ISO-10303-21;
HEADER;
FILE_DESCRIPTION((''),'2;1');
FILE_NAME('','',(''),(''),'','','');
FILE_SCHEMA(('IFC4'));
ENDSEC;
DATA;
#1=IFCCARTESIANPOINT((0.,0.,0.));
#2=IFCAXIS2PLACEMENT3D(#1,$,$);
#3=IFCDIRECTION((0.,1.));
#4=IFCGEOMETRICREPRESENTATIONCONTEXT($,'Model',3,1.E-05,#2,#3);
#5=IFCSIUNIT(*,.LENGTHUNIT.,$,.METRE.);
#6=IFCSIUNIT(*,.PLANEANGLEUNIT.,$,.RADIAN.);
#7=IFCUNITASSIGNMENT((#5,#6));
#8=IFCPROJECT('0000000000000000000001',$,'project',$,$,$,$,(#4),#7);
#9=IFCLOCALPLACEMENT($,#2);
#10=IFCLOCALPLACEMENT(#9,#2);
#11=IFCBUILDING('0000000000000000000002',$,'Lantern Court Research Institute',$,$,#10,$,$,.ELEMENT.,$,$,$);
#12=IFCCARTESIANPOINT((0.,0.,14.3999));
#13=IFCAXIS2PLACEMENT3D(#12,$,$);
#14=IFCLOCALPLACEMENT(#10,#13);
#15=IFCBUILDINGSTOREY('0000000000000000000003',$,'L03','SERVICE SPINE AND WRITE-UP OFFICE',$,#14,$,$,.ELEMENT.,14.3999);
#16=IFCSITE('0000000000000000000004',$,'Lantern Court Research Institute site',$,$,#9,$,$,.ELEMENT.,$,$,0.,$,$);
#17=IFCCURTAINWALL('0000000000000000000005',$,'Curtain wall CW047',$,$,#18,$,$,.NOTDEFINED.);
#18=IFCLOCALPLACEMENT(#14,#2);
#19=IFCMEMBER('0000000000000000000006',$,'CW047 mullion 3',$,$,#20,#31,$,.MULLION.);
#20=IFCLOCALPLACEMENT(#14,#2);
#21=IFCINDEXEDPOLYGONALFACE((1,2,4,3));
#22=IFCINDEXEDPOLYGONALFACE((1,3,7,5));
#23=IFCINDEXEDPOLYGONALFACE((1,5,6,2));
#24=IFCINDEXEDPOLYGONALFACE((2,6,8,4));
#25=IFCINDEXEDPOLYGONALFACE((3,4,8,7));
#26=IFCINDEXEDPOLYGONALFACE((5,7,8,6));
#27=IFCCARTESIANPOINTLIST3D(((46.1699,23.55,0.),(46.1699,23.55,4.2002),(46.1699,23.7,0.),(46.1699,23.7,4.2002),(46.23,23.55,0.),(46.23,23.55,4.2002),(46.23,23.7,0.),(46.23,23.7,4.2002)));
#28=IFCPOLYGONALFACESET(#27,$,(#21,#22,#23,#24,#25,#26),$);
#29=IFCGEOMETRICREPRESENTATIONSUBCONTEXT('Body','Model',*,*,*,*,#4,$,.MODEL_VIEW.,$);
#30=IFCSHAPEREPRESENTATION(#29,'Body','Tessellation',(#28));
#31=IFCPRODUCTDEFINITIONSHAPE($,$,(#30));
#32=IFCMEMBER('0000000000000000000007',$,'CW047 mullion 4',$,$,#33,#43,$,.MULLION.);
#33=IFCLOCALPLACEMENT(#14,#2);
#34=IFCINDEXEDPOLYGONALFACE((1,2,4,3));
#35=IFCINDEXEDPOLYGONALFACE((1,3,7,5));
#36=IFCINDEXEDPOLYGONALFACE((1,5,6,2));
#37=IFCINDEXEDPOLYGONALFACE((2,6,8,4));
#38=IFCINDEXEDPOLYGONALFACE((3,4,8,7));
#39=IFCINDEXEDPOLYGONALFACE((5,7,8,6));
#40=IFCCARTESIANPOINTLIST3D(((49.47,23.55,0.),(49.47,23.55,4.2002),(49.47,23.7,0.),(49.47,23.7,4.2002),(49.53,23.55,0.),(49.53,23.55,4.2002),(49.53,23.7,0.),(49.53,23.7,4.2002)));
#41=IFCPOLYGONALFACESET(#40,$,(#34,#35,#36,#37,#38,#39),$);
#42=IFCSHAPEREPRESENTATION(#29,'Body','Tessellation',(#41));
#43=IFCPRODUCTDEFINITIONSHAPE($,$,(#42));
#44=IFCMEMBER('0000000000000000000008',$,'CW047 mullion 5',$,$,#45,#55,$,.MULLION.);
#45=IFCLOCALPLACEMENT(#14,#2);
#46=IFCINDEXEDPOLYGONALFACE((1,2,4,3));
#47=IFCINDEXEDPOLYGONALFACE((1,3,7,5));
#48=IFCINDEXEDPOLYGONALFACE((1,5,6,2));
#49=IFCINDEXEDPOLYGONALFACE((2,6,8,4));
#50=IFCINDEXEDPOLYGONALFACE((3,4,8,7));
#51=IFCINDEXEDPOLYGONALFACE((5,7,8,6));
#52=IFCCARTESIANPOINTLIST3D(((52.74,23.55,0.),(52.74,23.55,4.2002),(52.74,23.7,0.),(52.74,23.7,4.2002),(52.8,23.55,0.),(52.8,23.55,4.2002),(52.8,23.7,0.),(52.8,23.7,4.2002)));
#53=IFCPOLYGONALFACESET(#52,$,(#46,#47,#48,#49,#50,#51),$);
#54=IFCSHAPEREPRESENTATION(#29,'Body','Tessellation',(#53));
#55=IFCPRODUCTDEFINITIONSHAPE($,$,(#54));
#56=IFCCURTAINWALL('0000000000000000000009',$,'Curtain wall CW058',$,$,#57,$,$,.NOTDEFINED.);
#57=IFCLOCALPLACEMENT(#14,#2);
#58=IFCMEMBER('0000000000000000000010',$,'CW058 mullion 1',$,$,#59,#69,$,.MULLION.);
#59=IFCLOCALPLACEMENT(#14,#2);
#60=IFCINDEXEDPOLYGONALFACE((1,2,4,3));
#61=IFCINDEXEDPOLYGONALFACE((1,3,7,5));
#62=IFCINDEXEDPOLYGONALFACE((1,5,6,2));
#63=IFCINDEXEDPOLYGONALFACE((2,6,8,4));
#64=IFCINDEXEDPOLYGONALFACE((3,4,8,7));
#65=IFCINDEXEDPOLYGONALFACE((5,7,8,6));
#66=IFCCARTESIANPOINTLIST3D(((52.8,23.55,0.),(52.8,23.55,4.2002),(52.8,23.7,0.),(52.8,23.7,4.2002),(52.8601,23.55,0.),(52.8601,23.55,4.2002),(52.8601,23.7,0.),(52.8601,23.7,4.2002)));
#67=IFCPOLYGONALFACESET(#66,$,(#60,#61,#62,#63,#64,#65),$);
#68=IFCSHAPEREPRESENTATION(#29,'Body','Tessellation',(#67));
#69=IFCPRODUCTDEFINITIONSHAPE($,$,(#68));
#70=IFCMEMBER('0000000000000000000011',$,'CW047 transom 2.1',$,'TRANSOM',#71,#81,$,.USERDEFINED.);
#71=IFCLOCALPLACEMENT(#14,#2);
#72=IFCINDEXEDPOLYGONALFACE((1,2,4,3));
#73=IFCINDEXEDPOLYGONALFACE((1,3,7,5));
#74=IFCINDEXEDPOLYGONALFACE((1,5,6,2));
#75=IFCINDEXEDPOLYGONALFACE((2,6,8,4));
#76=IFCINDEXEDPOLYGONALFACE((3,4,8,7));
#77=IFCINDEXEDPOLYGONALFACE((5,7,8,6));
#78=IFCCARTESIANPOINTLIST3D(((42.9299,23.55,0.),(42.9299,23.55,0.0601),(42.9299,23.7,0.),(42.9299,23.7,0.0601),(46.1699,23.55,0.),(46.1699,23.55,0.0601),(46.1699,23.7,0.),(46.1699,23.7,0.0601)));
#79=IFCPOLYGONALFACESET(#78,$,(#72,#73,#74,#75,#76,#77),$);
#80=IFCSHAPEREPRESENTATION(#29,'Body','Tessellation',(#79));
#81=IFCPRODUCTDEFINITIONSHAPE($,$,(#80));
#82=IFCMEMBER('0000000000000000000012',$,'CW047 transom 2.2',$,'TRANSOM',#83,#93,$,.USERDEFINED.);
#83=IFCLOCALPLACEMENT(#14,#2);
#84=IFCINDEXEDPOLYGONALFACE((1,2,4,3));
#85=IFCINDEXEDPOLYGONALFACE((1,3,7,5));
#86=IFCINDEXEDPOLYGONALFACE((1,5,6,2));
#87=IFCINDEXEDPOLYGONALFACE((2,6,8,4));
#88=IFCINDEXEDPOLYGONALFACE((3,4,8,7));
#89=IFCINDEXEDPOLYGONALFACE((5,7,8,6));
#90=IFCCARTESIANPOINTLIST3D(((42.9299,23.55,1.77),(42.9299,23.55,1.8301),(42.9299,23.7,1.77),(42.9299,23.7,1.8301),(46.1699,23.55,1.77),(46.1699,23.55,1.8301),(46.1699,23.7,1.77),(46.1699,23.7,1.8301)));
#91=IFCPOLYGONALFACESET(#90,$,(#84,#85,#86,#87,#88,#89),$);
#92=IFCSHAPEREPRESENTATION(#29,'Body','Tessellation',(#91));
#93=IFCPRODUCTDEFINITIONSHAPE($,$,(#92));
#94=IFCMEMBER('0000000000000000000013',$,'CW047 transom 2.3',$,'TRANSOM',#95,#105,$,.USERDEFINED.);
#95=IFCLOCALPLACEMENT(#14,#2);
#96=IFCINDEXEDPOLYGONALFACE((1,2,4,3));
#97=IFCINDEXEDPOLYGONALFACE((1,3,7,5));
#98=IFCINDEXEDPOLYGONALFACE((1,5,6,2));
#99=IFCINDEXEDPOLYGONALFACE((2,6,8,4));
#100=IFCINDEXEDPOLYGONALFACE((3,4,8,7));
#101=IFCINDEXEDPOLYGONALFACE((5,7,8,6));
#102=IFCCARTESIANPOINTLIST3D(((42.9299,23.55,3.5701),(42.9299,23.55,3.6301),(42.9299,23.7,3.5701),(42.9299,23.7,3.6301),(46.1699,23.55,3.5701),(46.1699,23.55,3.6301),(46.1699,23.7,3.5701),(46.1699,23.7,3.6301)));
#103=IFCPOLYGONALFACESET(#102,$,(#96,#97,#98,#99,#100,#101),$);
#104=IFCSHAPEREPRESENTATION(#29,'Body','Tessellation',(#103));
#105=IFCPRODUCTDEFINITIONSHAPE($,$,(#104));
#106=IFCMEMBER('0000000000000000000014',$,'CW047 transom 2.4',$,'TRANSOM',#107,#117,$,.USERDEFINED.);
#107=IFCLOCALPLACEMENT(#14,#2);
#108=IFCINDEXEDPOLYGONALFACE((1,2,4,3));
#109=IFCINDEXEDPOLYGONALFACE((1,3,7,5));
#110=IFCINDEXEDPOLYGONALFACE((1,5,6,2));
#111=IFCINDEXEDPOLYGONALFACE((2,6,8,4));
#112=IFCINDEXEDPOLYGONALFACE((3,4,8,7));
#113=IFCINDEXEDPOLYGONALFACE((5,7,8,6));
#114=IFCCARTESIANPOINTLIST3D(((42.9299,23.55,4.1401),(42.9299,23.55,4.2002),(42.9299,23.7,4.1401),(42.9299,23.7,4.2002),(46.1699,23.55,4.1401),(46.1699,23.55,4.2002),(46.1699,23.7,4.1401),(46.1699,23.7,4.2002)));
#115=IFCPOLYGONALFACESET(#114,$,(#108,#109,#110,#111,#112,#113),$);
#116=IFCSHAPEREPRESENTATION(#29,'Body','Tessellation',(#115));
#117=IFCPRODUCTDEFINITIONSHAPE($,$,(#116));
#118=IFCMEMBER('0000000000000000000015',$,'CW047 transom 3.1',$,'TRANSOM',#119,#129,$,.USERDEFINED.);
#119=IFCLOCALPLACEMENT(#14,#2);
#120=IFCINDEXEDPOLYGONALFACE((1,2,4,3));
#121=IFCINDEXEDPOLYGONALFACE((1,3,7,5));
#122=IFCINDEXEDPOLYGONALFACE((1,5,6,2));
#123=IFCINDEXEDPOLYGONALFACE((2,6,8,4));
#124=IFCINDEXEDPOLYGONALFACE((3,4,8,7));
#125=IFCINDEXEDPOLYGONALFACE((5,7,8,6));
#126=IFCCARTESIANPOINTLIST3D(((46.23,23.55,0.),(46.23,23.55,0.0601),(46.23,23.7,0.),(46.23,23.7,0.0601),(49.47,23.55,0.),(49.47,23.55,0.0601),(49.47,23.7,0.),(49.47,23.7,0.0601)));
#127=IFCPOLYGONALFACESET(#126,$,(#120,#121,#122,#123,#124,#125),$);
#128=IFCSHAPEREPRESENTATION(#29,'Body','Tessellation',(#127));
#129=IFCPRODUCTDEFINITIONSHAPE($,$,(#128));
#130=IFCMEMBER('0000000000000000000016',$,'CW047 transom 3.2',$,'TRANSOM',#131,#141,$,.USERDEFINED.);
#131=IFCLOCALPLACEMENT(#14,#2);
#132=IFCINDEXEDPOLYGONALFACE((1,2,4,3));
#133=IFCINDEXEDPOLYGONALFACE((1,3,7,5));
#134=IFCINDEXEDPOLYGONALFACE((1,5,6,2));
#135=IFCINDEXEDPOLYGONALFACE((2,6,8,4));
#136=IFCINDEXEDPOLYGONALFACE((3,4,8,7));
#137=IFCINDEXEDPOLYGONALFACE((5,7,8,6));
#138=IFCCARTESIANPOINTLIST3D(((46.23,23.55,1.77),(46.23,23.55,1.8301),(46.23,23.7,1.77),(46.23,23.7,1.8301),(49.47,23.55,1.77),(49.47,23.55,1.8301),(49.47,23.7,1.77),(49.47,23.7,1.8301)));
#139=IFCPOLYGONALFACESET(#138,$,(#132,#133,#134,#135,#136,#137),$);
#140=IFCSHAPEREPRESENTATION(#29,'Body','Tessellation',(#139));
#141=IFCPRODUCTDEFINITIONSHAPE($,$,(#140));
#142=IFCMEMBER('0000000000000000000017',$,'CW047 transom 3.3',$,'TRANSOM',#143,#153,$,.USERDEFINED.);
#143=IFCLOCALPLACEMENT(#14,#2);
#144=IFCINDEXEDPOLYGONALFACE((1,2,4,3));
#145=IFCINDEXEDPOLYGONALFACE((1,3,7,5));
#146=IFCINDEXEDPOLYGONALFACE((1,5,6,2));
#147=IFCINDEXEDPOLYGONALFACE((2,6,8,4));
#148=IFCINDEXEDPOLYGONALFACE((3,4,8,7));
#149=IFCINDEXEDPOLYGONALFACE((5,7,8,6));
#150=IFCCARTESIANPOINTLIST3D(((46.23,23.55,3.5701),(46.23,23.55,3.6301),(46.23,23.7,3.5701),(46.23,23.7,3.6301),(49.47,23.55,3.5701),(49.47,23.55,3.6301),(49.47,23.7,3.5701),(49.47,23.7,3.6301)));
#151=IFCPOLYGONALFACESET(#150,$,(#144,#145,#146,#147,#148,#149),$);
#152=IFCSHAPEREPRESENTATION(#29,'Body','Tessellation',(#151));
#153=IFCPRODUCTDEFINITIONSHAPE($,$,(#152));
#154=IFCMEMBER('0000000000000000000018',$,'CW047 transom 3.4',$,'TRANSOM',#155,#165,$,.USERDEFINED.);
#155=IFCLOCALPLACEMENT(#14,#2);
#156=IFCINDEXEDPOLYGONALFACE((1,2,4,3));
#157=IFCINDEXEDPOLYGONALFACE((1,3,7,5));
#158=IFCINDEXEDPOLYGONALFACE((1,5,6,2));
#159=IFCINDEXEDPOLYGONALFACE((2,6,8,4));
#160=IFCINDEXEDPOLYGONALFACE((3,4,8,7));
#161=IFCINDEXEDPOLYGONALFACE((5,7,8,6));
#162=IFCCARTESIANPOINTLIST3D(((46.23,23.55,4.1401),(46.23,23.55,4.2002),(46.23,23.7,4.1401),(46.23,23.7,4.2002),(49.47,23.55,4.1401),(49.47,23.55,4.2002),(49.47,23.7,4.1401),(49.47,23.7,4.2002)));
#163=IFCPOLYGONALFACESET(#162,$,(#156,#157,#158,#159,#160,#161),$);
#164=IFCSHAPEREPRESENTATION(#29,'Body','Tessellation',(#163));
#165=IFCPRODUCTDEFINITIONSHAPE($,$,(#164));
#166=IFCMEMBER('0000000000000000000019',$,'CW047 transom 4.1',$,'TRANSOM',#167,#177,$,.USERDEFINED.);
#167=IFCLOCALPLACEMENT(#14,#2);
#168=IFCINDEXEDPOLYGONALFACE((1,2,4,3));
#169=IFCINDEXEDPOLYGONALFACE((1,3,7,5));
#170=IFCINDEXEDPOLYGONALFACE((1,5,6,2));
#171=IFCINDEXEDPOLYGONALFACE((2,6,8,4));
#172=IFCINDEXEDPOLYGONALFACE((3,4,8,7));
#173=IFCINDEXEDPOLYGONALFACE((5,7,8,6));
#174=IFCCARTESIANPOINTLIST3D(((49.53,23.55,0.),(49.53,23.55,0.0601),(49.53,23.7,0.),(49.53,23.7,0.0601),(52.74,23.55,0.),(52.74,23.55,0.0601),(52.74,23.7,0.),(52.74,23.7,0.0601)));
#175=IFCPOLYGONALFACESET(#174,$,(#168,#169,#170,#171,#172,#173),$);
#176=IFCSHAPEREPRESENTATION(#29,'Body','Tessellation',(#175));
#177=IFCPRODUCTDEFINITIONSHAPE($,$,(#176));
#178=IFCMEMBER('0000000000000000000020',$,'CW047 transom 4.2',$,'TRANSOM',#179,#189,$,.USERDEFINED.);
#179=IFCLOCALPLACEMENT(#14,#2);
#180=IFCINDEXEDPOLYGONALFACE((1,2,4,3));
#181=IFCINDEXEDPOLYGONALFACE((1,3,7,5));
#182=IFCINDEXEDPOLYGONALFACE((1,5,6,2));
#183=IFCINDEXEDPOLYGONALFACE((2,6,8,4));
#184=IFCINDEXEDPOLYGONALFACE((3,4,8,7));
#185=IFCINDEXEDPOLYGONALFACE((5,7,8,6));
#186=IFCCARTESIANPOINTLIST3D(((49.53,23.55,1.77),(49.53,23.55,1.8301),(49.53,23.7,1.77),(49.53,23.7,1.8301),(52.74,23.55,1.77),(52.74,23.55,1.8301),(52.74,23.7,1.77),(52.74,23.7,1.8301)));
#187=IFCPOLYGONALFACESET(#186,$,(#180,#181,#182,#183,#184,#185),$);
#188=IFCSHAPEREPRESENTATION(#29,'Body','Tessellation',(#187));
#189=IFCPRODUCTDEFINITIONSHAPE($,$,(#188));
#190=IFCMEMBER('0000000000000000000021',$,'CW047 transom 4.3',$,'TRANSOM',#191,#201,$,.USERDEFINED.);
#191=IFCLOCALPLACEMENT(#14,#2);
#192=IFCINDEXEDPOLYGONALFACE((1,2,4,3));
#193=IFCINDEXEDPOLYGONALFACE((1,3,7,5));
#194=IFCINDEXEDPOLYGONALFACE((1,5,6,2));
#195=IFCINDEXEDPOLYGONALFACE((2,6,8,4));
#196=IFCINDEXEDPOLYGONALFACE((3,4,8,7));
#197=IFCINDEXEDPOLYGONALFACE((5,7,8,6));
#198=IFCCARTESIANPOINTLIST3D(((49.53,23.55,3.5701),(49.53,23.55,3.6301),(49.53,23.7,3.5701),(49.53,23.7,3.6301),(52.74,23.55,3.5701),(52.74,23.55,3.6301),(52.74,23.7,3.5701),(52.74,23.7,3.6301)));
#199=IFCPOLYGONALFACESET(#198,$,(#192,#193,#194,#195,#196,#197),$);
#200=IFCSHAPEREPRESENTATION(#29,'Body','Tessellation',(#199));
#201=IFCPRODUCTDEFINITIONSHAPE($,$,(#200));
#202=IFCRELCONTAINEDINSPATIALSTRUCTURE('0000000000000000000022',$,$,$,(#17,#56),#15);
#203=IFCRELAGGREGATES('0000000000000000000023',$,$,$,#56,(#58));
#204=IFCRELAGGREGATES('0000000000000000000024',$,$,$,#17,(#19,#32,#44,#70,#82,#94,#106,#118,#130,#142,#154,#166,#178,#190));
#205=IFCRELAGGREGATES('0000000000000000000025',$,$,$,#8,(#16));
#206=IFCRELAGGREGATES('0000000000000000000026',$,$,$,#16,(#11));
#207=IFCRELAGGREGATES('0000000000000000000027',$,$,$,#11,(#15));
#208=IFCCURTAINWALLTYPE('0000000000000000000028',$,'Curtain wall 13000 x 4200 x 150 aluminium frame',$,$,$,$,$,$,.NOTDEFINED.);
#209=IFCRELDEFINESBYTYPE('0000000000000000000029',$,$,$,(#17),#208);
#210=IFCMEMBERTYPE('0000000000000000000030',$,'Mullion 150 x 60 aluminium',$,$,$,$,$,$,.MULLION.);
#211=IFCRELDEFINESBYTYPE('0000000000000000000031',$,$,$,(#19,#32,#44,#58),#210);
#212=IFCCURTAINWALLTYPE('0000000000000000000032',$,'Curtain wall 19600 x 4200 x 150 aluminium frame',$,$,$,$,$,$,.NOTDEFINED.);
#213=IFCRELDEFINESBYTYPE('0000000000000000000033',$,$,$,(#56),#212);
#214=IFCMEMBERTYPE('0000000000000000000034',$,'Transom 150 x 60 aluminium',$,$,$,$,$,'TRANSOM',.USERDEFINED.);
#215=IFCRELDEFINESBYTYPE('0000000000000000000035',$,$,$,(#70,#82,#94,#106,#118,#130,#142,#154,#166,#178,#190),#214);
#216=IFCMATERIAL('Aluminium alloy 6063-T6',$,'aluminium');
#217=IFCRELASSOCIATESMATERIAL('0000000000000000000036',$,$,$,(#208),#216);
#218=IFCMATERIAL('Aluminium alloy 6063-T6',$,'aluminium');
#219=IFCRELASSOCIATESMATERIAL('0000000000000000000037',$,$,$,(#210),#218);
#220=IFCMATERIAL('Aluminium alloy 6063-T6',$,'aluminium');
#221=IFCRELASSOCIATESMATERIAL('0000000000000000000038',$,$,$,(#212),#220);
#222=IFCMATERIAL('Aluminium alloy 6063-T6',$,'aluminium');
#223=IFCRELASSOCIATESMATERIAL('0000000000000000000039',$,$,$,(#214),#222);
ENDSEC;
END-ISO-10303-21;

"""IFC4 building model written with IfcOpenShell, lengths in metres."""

from ifc_helpers import new_model, si_unit, direction, frame, origin, origin_2d, place, context, subcontext, project, spatial, rectangle, extrude, material, material_profile, profile_set, type_object, element, aggregate, save


model = new_model("IFC4")

# Units and contexts
model_context = context("Model", 3, precision=1e-05, world=origin(), true_north=direction((0.0, 1.0)))
body_context = subcontext(model_context, "Body", "Model", "MODEL_VIEW")
ifc_project = project(units=[si_unit("LENGTHUNIT", "METRE"), si_unit("PLANEANGLEUNIT", "RADIAN")], contexts=[model_context])

# Site, building, storey
site_placement = place(None, origin())
site = spatial("IfcSite", under=ifc_project, at=site_placement, Name="Lantern Court Research Institute site", CompositionType="ELEMENT", RefElevation=0.0)
building_placement = place(site_placement, origin())
building = spatial("IfcBuilding", under=site, at=building_placement, Name="Lantern Court Research Institute", CompositionType="ELEMENT")
storey_placement = place(building_placement, frame((0.0, 0.0, 14.3999)))
storey = spatial("IfcBuildingStorey", under=building, at=storey_placement, Name="L03", Description="SERVICE SPINE AND WRITE-UP OFFICE", CompositionType="ELEMENT", Elevation=14.3999)

# Curtain wall, members
ifc_material_1 = material(Name="Aluminium alloy 6063-T6", Category="aluminium")
curtain_wall_type_1 = type_object("IfcCurtainWallType", Name="Curtain wall 13000 x 4200 x 150 aluminium frame", PredefinedType="NOTDEFINED", material=ifc_material_1)
curtain_wall_1_placement = place(storey_placement, origin())
curtain_wall_1 = element("IfcCurtainWall", 1, at=curtain_wall_1_placement, inside=storey, type_object=curtain_wall_type_1, Name="Curtain wall CW047", PredefinedType="NOTDEFINED")
ifc_material_2 = material(Name="Aluminium alloy 6063-T6", Category="aluminium")
ifc_material_profile_1 = material_profile(ifc_material_2, rectangle(XDim=0.1499, YDim=0.0601, at=origin_2d()), Name="Mullion 150 x 60")
ifc_profile_set_1 = profile_set([ifc_material_profile_1], Name="Aluminium alloy 6063-T6")
member_type_1 = type_object("IfcMemberType", Name="Mullion 150 x 60 aluminium", PredefinedType="MULLION", material=ifc_profile_set_1)
member_1_placement = place(storey_placement, frame((46.2, 23.625, 0.0), z_axis=(0.0, 0.0, 1.0), x_axis=(0.0, 1.0, 0.0)))
member_1 = element("IfcMember", 2, at=member_1_placement, type_object=member_type_1, Name="CW047 mullion 3", PredefinedType="MULLION", context=body_context, shape_type="SweptSolid", body=[
    extrude(rectangle(XDim=0.1499, YDim=0.0601, at=origin_2d()), origin(), (0.0, 0.0, 1.0), 4.2002),
])
member_2_placement = place(storey_placement, frame((49.5, 23.625, 0.0), z_axis=(0.0, 0.0, 1.0), x_axis=(0.0, 1.0, 0.0)))
member_2 = element("IfcMember", 3, at=member_2_placement, type_object=member_type_1, Name="CW047 mullion 4", PredefinedType="MULLION", context=body_context, shape_type="SweptSolid", body=[
    extrude(rectangle(XDim=0.1499, YDim=0.0601, at=origin_2d()), origin(), (0.0, 0.0, 1.0), 4.2002),
])
member_3_placement = place(storey_placement, frame((52.77, 23.625, 0.0), z_axis=(0.0, 0.0, 1.0), x_axis=(0.0, 1.0, 0.0)))
member_3 = element("IfcMember", 4, at=member_3_placement, type_object=member_type_1, Name="CW047 mullion 5", PredefinedType="MULLION", context=body_context, shape_type="SweptSolid", body=[
    extrude(rectangle(XDim=0.1499, YDim=0.0601, at=origin_2d()), origin(), (0.0, 0.0, 1.0), 4.2002),
])

# Curtain wall, member
ifc_material_3 = material(Name="Aluminium alloy 6063-T6", Category="aluminium")
curtain_wall_type_2 = type_object("IfcCurtainWallType", Name="Curtain wall 19600 x 4200 x 150 aluminium frame", PredefinedType="NOTDEFINED", material=ifc_material_3)
curtain_wall_2_placement = place(storey_placement, origin())
curtain_wall_2 = element("IfcCurtainWall", 5, at=curtain_wall_2_placement, inside=storey, type_object=curtain_wall_type_2, Name="Curtain wall CW058", PredefinedType="NOTDEFINED")
member_4_placement = place(storey_placement, frame((52.8301, 23.625, 0.0), z_axis=(0.0, 0.0, 1.0), x_axis=(0.0, 1.0, 0.0)))
member_4 = element("IfcMember", 6, at=member_4_placement, type_object=member_type_1, Name="CW058 mullion 1", PredefinedType="MULLION", context=body_context, shape_type="SweptSolid", body=[
    extrude(rectangle(XDim=0.1499, YDim=0.0601, at=origin_2d()), origin(), (0.0, 0.0, 1.0), 4.2002),
])
aggregate(curtain_wall_2, [member_4])

# Members
ifc_material_4 = material(Name="Aluminium alloy 6063-T6", Category="aluminium")
ifc_material_profile_2 = material_profile(ifc_material_4, rectangle(XDim=0.1499, YDim=0.0601, at=origin_2d()), Name="Transom 150 x 60")
ifc_profile_set_2 = profile_set([ifc_material_profile_2], Name="Aluminium alloy 6063-T6")
member_type_2 = type_object("IfcMemberType", Name="Transom 150 x 60 aluminium", ElementType="TRANSOM", PredefinedType="USERDEFINED", material=ifc_profile_set_2)
member_5_placement = place(storey_placement, frame((42.9299, 23.625, 0.03), z_axis=(1.0, 0.0, 0.0), x_axis=(0.0, 1.0, 0.0)))
member_5 = element("IfcMember", 7, at=member_5_placement, type_object=member_type_2, Name="CW047 transom 2.1", ObjectType="TRANSOM", PredefinedType="USERDEFINED", context=body_context, shape_type="SweptSolid", body=[
    extrude(rectangle(XDim=0.1499, YDim=0.0601, at=origin_2d()), origin(), (0.0, 0.0, 1.0), 3.24),
])
member_6_placement = place(storey_placement, frame((42.9299, 23.625, 1.8), z_axis=(1.0, 0.0, 0.0), x_axis=(0.0, 1.0, 0.0)))
member_6 = element("IfcMember", 8, at=member_6_placement, type_object=member_type_2, Name="CW047 transom 2.2", ObjectType="TRANSOM", PredefinedType="USERDEFINED", context=body_context, shape_type="SweptSolid", body=[
    extrude(rectangle(XDim=0.1499, YDim=0.0601, at=origin_2d()), origin(), (0.0, 0.0, 1.0), 3.24),
])
member_7_placement = place(storey_placement, frame((42.9299, 23.625, 3.6001), z_axis=(1.0, 0.0, 0.0), x_axis=(0.0, 1.0, 0.0)))
member_7 = element("IfcMember", 9, at=member_7_placement, type_object=member_type_2, Name="CW047 transom 2.3", ObjectType="TRANSOM", PredefinedType="USERDEFINED", context=body_context, shape_type="SweptSolid", body=[
    extrude(rectangle(XDim=0.1499, YDim=0.0601, at=origin_2d()), origin(), (0.0, 0.0, 1.0), 3.24),
])
member_8_placement = place(storey_placement, frame((42.9299, 23.625, 4.1702), z_axis=(1.0, 0.0, 0.0), x_axis=(0.0, 1.0, 0.0)))
member_8 = element("IfcMember", 10, at=member_8_placement, type_object=member_type_2, Name="CW047 transom 2.4", ObjectType="TRANSOM", PredefinedType="USERDEFINED", context=body_context, shape_type="SweptSolid", body=[
    extrude(rectangle(XDim=0.1499, YDim=0.0601, at=origin_2d()), origin(), (0.0, 0.0, 1.0), 3.24),
])
member_9_placement = place(storey_placement, frame((46.23, 23.625, 0.03), z_axis=(1.0, 0.0, 0.0), x_axis=(0.0, 1.0, 0.0)))
member_9 = element("IfcMember", 11, at=member_9_placement, type_object=member_type_2, Name="CW047 transom 3.1", ObjectType="TRANSOM", PredefinedType="USERDEFINED", context=body_context, shape_type="SweptSolid", body=[
    extrude(rectangle(XDim=0.1499, YDim=0.0601, at=origin_2d()), origin(), (0.0, 0.0, 1.0), 3.24),
])
member_10_placement = place(storey_placement, frame((46.23, 23.625, 1.8), z_axis=(1.0, 0.0, 0.0), x_axis=(0.0, 1.0, 0.0)))
member_10 = element("IfcMember", 12, at=member_10_placement, type_object=member_type_2, Name="CW047 transom 3.2", ObjectType="TRANSOM", PredefinedType="USERDEFINED", context=body_context, shape_type="SweptSolid", body=[
    extrude(rectangle(XDim=0.1499, YDim=0.0601, at=origin_2d()), origin(), (0.0, 0.0, 1.0), 3.24),
])
member_11_placement = place(storey_placement, frame((46.23, 23.625, 3.6001), z_axis=(1.0, 0.0, 0.0), x_axis=(0.0, 1.0, 0.0)))
member_11 = element("IfcMember", 13, at=member_11_placement, type_object=member_type_2, Name="CW047 transom 3.3", ObjectType="TRANSOM", PredefinedType="USERDEFINED", context=body_context, shape_type="SweptSolid", body=[
    extrude(rectangle(XDim=0.1499, YDim=0.0601, at=origin_2d()), origin(), (0.0, 0.0, 1.0), 3.24),
])
member_12_placement = place(storey_placement, frame((46.23, 23.625, 4.1702), z_axis=(1.0, 0.0, 0.0), x_axis=(0.0, 1.0, 0.0)))
member_12 = element("IfcMember", 14, at=member_12_placement, type_object=member_type_2, Name="CW047 transom 3.4", ObjectType="TRANSOM", PredefinedType="USERDEFINED", context=body_context, shape_type="SweptSolid", body=[
    extrude(rectangle(XDim=0.1499, YDim=0.0601, at=origin_2d()), origin(), (0.0, 0.0, 1.0), 3.24),
])
member_13_placement = place(storey_placement, frame((49.53, 23.625, 0.03), z_axis=(1.0, 0.0, 0.0), x_axis=(0.0, 1.0, 0.0)))
member_13 = element("IfcMember", 15, at=member_13_placement, type_object=member_type_2, Name="CW047 transom 4.1", ObjectType="TRANSOM", PredefinedType="USERDEFINED", context=body_context, shape_type="SweptSolid", body=[
    extrude(rectangle(XDim=0.1499, YDim=0.0601, at=origin_2d()), origin(), (0.0, 0.0, 1.0), 3.21),
])
member_14_placement = place(storey_placement, frame((49.53, 23.625, 1.8), z_axis=(1.0, 0.0, 0.0), x_axis=(0.0, 1.0, 0.0)))
member_14 = element("IfcMember", 16, at=member_14_placement, type_object=member_type_2, Name="CW047 transom 4.2", ObjectType="TRANSOM", PredefinedType="USERDEFINED", context=body_context, shape_type="SweptSolid", body=[
    extrude(rectangle(XDim=0.1499, YDim=0.0601, at=origin_2d()), origin(), (0.0, 0.0, 1.0), 3.21),
])
member_15_placement = place(storey_placement, frame((49.53, 23.625, 3.6001), z_axis=(1.0, 0.0, 0.0), x_axis=(0.0, 1.0, 0.0)))
member_15 = element("IfcMember", 17, at=member_15_placement, type_object=member_type_2, Name="CW047 transom 4.3", ObjectType="TRANSOM", PredefinedType="USERDEFINED", context=body_context, shape_type="SweptSolid", body=[
    extrude(rectangle(XDim=0.1499, YDim=0.0601, at=origin_2d()), origin(), (0.0, 0.0, 1.0), 3.21),
])

aggregate(curtain_wall_1, [member_1, member_2, member_3, member_5, member_6, member_7, member_8, member_9, member_10, member_11, member_12, member_13, member_14, member_15])

save(model, "model.ifc")
